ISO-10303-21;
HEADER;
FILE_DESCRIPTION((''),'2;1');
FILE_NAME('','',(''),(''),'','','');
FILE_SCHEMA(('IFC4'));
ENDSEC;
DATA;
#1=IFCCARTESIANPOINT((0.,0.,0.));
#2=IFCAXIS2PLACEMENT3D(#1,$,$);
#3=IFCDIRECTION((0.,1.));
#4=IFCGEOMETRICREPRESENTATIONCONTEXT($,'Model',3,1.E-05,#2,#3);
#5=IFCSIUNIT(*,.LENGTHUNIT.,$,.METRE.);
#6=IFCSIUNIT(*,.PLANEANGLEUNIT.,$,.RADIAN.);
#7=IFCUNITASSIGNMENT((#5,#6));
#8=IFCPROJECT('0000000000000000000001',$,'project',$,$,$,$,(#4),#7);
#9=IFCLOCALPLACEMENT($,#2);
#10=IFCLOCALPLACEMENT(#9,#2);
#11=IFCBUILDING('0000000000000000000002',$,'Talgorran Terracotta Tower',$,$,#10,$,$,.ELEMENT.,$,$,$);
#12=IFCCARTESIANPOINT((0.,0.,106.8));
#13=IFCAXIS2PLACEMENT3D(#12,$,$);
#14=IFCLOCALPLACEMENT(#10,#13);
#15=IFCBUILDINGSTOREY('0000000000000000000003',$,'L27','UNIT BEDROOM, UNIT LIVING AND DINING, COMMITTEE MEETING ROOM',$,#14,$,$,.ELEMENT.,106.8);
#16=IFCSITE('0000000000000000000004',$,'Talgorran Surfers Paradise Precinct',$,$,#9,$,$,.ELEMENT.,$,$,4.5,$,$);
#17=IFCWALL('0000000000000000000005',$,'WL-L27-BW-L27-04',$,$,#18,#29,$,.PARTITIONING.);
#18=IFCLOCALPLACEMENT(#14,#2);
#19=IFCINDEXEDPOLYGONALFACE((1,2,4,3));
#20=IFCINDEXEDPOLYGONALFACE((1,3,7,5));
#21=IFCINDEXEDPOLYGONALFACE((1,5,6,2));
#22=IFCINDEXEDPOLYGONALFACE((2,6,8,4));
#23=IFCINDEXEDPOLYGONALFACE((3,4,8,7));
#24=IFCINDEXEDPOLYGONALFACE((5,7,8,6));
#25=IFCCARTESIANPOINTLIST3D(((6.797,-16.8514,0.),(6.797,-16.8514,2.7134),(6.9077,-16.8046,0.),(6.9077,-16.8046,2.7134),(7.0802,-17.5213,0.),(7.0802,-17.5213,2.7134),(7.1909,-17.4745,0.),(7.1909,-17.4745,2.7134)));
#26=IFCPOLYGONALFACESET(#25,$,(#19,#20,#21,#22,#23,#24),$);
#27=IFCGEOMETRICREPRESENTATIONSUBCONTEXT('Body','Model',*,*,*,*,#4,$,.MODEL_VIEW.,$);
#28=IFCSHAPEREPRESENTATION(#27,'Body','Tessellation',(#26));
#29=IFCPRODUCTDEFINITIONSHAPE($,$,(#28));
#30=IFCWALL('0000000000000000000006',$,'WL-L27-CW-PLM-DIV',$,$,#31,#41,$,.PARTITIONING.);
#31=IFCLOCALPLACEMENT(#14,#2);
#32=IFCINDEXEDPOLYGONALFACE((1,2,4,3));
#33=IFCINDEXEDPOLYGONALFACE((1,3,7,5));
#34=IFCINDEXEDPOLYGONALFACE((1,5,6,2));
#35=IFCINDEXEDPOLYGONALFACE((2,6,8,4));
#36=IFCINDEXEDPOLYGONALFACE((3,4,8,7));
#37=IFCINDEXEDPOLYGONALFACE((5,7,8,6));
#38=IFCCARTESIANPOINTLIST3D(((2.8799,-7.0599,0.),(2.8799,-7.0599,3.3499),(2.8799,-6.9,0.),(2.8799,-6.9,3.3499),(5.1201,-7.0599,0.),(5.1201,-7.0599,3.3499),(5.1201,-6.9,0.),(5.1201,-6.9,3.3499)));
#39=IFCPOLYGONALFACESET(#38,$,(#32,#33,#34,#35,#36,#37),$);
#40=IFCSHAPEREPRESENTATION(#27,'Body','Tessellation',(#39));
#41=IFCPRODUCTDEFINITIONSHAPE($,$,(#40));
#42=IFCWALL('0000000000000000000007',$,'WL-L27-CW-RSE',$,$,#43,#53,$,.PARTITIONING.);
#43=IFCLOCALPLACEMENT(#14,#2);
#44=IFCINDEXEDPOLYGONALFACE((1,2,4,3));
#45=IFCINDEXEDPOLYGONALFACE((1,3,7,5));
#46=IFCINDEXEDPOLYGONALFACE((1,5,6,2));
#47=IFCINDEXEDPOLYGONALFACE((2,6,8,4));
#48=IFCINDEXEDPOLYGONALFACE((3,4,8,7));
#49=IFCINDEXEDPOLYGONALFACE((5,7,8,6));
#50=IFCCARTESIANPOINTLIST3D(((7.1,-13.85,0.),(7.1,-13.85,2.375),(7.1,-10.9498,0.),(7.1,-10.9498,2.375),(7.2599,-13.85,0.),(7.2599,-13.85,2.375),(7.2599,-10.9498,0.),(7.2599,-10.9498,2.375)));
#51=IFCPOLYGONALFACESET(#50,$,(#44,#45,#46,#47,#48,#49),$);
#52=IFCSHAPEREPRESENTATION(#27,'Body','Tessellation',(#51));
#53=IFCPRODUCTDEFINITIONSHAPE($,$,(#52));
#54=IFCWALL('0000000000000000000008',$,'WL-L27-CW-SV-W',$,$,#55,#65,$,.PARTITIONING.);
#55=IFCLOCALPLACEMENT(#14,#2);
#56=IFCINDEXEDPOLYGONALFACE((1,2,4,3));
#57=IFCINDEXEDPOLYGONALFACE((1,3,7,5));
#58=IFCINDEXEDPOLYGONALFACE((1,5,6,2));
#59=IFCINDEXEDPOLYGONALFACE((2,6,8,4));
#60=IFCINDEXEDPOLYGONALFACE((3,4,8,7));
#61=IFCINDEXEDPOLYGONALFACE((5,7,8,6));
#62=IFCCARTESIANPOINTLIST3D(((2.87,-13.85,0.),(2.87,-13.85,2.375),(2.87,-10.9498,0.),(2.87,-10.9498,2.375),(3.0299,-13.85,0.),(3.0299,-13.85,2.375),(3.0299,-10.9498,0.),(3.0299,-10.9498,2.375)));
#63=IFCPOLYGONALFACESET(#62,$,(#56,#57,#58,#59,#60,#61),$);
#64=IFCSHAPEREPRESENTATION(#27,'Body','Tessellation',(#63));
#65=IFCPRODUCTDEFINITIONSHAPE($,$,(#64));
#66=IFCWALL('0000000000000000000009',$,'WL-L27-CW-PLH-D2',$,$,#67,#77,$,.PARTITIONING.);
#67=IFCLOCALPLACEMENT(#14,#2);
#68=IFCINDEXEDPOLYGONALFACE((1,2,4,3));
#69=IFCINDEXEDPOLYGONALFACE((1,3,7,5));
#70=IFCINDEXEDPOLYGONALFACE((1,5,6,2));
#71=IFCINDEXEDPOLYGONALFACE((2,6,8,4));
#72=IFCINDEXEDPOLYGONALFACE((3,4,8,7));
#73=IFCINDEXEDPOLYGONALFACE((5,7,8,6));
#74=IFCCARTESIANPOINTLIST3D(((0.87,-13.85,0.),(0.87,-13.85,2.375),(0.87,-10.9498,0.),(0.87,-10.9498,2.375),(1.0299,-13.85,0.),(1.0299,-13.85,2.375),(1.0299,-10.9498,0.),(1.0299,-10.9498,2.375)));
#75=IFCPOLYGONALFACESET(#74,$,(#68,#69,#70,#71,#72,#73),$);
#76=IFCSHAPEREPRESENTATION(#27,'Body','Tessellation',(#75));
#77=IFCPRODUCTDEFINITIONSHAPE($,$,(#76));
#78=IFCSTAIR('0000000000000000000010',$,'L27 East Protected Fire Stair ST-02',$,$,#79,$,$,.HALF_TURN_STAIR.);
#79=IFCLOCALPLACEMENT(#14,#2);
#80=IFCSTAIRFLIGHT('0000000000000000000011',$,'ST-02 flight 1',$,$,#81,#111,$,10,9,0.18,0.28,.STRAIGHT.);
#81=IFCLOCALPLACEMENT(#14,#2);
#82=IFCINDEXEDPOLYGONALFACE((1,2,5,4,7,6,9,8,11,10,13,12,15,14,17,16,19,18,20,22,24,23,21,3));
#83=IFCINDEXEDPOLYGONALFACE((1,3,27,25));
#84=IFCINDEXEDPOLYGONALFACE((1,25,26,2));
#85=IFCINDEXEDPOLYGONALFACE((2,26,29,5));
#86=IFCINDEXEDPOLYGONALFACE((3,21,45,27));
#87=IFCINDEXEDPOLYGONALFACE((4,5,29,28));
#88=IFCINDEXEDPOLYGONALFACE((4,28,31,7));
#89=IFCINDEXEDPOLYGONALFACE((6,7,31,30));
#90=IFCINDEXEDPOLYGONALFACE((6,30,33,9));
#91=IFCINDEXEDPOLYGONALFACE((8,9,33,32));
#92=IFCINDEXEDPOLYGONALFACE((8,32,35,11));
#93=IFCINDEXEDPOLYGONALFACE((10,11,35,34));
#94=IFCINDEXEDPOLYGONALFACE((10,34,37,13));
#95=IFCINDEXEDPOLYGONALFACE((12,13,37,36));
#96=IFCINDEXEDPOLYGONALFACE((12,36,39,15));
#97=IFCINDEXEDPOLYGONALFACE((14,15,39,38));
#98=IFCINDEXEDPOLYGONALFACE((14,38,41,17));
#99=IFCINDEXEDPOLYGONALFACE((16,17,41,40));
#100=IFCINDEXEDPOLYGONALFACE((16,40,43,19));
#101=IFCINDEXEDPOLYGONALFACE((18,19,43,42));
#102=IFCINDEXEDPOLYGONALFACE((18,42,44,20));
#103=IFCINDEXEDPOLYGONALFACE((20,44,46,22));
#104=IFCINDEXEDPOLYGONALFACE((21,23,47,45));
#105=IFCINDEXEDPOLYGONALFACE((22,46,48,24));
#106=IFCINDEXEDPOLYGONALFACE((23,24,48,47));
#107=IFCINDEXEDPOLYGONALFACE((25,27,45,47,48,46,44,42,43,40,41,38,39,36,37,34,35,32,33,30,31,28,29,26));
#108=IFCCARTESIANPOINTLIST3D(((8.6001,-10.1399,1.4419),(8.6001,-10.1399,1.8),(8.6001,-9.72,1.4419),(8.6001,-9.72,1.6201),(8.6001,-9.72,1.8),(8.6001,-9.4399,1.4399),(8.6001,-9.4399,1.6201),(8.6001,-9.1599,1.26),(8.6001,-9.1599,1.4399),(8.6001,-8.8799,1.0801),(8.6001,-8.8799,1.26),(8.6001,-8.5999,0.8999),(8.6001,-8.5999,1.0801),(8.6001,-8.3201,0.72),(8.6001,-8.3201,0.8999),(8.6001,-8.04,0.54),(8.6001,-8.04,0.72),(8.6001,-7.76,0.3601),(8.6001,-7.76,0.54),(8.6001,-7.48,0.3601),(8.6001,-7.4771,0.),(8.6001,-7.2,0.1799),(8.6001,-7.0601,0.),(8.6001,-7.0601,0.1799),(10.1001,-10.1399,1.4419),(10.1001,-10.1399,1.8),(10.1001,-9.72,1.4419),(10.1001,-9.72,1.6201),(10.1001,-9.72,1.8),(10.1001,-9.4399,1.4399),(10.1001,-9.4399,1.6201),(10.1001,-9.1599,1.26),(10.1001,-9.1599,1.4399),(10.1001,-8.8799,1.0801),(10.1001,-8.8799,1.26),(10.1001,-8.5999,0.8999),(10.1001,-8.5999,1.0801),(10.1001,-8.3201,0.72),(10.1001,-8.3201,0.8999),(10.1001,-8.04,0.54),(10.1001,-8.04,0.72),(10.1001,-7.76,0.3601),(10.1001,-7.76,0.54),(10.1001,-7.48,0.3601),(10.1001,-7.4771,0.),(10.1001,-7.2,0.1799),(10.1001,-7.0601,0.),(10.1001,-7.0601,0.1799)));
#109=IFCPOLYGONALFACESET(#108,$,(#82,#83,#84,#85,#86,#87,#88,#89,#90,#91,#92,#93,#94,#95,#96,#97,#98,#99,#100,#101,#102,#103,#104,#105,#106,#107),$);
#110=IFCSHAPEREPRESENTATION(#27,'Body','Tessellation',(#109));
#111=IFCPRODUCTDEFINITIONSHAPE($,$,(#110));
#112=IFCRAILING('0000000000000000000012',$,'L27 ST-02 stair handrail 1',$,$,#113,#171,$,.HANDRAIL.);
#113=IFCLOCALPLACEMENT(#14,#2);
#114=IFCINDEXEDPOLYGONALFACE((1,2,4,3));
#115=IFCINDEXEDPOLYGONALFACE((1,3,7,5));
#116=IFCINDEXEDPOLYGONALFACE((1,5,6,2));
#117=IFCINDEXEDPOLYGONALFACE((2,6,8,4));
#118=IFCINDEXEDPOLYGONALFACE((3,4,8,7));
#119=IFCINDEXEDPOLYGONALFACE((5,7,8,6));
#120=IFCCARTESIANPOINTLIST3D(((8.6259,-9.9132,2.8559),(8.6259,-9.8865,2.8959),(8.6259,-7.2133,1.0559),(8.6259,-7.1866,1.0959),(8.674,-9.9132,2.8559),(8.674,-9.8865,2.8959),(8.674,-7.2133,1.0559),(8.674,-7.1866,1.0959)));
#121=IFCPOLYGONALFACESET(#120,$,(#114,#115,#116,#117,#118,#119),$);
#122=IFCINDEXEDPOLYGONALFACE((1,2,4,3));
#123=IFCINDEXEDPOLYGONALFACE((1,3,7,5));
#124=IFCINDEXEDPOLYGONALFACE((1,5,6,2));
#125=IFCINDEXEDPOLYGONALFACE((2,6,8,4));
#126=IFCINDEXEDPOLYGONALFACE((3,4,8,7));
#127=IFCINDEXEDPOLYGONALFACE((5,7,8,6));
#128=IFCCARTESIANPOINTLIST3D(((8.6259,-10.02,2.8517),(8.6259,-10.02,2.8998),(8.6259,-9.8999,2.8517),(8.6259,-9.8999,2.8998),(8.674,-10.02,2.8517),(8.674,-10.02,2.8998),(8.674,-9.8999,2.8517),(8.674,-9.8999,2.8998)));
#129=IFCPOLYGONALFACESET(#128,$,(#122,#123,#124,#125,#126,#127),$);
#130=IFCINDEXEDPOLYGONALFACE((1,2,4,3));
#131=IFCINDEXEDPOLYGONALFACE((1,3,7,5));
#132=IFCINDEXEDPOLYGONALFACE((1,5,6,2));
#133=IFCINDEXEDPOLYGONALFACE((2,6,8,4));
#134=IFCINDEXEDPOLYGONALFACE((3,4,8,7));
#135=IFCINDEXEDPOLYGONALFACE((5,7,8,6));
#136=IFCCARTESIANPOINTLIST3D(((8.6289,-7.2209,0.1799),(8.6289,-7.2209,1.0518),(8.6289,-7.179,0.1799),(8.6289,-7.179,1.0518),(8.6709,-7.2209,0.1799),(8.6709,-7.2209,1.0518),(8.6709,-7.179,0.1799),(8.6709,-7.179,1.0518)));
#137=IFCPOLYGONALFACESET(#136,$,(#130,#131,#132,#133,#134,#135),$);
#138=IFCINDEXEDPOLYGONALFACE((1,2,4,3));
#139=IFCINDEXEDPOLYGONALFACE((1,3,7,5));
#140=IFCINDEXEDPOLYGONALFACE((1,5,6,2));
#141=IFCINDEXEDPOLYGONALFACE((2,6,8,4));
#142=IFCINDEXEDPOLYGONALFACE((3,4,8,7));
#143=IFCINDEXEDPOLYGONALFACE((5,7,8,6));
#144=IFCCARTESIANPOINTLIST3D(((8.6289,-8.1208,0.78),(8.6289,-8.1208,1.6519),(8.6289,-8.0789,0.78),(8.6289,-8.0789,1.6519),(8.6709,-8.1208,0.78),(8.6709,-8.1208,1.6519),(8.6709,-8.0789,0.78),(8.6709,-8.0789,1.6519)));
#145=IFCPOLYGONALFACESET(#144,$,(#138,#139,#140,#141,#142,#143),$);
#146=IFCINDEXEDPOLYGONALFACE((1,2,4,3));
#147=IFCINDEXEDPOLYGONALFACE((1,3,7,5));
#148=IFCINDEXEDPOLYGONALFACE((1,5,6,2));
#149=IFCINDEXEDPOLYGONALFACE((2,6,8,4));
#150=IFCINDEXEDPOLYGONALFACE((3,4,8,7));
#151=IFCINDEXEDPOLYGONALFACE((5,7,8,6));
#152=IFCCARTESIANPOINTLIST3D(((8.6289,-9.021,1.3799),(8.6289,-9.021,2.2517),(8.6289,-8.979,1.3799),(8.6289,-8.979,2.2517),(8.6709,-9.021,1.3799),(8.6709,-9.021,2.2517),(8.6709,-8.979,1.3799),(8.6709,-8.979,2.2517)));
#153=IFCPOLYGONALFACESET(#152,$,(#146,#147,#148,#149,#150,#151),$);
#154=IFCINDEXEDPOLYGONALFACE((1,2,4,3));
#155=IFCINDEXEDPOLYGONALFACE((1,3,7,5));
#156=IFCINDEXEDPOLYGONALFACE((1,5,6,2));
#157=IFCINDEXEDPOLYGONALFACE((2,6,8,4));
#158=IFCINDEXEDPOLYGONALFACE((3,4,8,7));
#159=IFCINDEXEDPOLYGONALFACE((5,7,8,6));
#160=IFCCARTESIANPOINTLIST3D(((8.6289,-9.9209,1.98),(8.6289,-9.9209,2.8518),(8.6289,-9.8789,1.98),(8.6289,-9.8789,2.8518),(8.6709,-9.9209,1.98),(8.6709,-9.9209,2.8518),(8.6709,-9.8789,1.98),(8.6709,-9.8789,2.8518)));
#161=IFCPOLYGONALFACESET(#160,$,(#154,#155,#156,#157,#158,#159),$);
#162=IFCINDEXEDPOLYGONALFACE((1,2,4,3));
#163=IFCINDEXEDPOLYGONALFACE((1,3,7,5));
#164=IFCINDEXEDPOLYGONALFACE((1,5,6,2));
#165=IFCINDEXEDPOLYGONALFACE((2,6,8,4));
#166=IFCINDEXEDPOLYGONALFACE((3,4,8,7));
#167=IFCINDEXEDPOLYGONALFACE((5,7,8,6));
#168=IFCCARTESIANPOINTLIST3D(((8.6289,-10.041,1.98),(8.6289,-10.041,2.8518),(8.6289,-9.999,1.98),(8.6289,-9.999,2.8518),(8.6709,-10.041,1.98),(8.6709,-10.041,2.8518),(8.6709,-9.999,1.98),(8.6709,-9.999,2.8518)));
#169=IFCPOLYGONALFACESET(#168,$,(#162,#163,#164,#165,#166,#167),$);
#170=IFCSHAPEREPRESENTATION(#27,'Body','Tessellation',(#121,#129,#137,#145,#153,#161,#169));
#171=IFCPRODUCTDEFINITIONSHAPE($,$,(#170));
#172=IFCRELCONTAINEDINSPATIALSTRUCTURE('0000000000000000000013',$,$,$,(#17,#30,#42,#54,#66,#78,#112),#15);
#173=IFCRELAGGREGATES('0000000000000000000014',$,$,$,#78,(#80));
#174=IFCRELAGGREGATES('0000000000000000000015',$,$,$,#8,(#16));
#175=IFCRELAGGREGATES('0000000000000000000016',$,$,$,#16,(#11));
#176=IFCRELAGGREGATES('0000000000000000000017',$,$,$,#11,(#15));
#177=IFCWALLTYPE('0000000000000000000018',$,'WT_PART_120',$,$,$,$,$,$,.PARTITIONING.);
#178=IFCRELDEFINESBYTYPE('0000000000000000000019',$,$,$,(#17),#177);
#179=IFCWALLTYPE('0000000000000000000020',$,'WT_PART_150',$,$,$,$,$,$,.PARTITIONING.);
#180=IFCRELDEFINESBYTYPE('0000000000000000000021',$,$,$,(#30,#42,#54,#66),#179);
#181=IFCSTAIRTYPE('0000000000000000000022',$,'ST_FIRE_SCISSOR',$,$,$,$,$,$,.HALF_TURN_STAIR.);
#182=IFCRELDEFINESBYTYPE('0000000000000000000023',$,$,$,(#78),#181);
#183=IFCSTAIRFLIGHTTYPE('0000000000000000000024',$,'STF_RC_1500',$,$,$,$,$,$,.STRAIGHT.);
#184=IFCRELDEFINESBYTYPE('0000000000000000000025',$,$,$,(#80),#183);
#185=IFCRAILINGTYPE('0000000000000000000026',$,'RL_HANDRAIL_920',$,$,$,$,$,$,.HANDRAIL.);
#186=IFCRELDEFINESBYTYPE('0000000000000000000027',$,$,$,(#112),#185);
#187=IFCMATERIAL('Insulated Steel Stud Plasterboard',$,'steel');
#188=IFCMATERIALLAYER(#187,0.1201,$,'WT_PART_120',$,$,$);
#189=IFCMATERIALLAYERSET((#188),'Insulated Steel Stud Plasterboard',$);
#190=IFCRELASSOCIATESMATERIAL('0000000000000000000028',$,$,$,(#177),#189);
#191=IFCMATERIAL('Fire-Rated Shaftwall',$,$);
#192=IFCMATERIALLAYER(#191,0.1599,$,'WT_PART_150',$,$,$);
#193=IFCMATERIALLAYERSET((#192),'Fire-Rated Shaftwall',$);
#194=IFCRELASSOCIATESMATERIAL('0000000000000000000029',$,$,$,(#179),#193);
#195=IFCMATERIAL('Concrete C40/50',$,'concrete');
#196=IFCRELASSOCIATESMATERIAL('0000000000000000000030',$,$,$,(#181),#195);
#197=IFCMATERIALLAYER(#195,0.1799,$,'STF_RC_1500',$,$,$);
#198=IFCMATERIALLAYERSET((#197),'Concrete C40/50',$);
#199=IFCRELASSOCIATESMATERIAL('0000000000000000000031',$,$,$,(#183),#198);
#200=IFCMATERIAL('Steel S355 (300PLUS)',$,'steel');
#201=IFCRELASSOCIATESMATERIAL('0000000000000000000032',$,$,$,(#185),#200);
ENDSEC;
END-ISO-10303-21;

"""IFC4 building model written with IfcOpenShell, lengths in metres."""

from ifc_helpers import new_model, si_unit, direction, frame, frame_2d, origin, origin_2d, place, context, subcontext, project, spatial, polyline, rectangle, outline, extrude, material, layer, layer_set, type_object, element, aggregate, save


model = new_model("IFC4")

# Units and contexts
model_context = context("Model", 3, precision=1e-05, world=origin(), true_north=direction((0.0, 1.0)))
body_context = subcontext(model_context, "Body", "Model", "MODEL_VIEW")
ifc_project = project(units=[si_unit("LENGTHUNIT", "METRE"), si_unit("PLANEANGLEUNIT", "RADIAN")], contexts=[model_context])

# Site, building, storey
site_placement = place(None, origin())
site = spatial("IfcSite", under=ifc_project, at=site_placement, Name="Talgorran Surfers Paradise Precinct", CompositionType="ELEMENT", RefElevation=4.5)
building_placement = place(site_placement, origin())
building = spatial("IfcBuilding", under=site, at=building_placement, Name="Talgorran Terracotta Tower", CompositionType="ELEMENT")
storey_placement = place(building_placement, frame((0.0, 0.0, 106.8)))
storey = spatial("IfcBuildingStorey", under=building, at=storey_placement, Name="L27", Description="UNIT BEDROOM, UNIT LIVING AND DINING, COMMITTEE MEETING ROOM", CompositionType="ELEMENT", Elevation=106.8)

# Shared definitions
ifc_material_1 = material(Name="Steel S355 (300PLUS)", Category="steel")

# Walls
ifc_material_2 = material(Name="Insulated Steel Stud Plasterboard", Category="steel")
ifc_layer_1 = layer(ifc_material_2, 0.1201, Name="WT_PART_120")
ifc_layer_set_1 = layer_set([ifc_layer_1], Name="Insulated Steel Stud Plasterboard")
wall_type_1 = type_object("IfcWallType", Name="WT_PART_120", PredefinedType="PARTITIONING", material=ifc_layer_set_1)
wall_1_placement = place(storey_placement, frame((6.8523, -16.8279, 0.0), z_axis=(0.0, 0.0, 1.0), x_axis=(0.389377, -0.921078, 0.0)))
element("IfcWall", 1, at=wall_1_placement, inside=storey, type_object=wall_type_1, Name="WL-L27-BW-L27-04", PredefinedType="PARTITIONING", context=body_context, shape_type="SweptSolid", body=[
    extrude(rectangle(XDim=0.7273, YDim=0.1201, at=frame_2d((0.3638, 0.0))), origin(), (0.0, 0.0, 1.0), 2.7134),
])
ifc_material_3 = material(Name="Fire-Rated Shaftwall")
ifc_layer_2 = layer(ifc_material_3, 0.1599, Name="WT_PART_150")
ifc_layer_set_2 = layer_set([ifc_layer_2], Name="Fire-Rated Shaftwall")
wall_type_2 = type_object("IfcWallType", Name="WT_PART_150", PredefinedType="PARTITIONING", material=ifc_layer_set_2)
wall_2_placement = place(storey_placement, frame((2.8799, -6.98, 0.0), z_axis=(0.0, 0.0, 1.0), x_axis=(1.0, 0.0, 0.0)))
element("IfcWall", 2, at=wall_2_placement, inside=storey, type_object=wall_type_2, Name="WL-L27-CW-PLM-DIV", PredefinedType="PARTITIONING", context=body_context, shape_type="SweptSolid", body=[
    extrude(rectangle(XDim=2.2402, YDim=0.1599, at=frame_2d((1.1201, 0.0))), origin(), (0.0, 0.0, 1.0), 3.3499),
])
for number, where, z_axis, x_axis, name in (
    (3, (7.1799, -13.8501, 0.0), (0.0, 0.0, 1.0), (0.0, 1.0, 0.0), "WL-L27-CW-RSE"),
    (4, (2.95, -13.8501, 0.0), (0.0, 0.0, 1.0), (0.0, 1.0, 0.0), "WL-L27-CW-SV-W"),
    (5, (0.95, -13.8501, 0.0), (0.0, 0.0, 1.0), (0.0, 1.0, 0.0), "WL-L27-CW-PLH-D2"),
):
    element("IfcWall", number, at=place(storey_placement, frame(where, z_axis=z_axis, x_axis=x_axis)), inside=storey, type_object=wall_type_2, Name=name, PredefinedType="PARTITIONING", context=body_context, shape_type="SweptSolid", body=[
        extrude(rectangle(XDim=2.9001, YDim=0.1599, at=frame_2d((1.4502, 0.0))), origin(), (0.0, 0.0, 1.0), 2.375),
    ])

# Stair, stair flight
ifc_material_4 = material(Name="Concrete C40/50", Category="concrete")
stair_type = type_object("IfcStairType", Name="ST_FIRE_SCISSOR", PredefinedType="HALF_TURN_STAIR", material=ifc_material_4)
stair_placement = place(storey_placement, origin())
stair = element("IfcStair", 6, at=stair_placement, inside=storey, type_object=stair_type, Name="L27 East Protected Fire Stair ST-02", PredefinedType="HALF_TURN_STAIR")
ifc_layer_3 = layer(ifc_material_4, 0.1799, Name="STF_RC_1500")
ifc_layer_set_3 = layer_set([ifc_layer_3], Name="Concrete C40/50")
stair_flight_type = type_object("IfcStairFlightType", Name="STF_RC_1500", PredefinedType="STRAIGHT", material=ifc_layer_set_3)
stair_flight_placement = place(storey_placement, frame((9.3501, -7.2, 0.0), z_axis=(0.0, 0.0, 1.0), x_axis=(0.0, -1.0, 0.0)))
stair_flight = element("IfcStairFlight", 7, at=stair_flight_placement, type_object=stair_flight_type, Name="ST-02 flight 1", NumberOfRisers=10, NumberOfTreads=9, PredefinedType="STRAIGHT", RiserHeight=0.18, TreadLength=0.28, context=body_context, shape_type="SweptSolid", body=[
    extrude(outline(polyline([(-0.1399, 0.0), (-0.1399, 0.1799), (0.0, 0.1799), (0.28, 0.3601), (0.5601, 0.3601), (0.5601, 0.54), (0.8401, 0.54), (0.8401, 0.72), (1.1201, 0.72), (1.1201, 0.8999), (1.3999, 0.8999), (1.3999, 1.0801), (1.6799, 1.0801), (1.6799, 1.26), (1.96, 1.26), (1.96, 1.4399), (2.24, 1.4399), (2.24, 1.6201), (2.52, 1.6201), (2.52, 1.8), (2.9399, 1.8), (2.9399, 1.4419), (2.52, 1.4419), (0.2771, 0.0), (-0.1399, 0.0)])), frame((0.0, 0.75, 0.0), z_axis=(0.0, -1.0, 0.0), x_axis=(1.0, 0.0, 0.0)), (0.0, 0.0, 1.0), 1.5),
])
aggregate(stair, [stair_flight])

# Railing
railing_type_1 = type_object("IfcRailingType", Name="RL_HANDRAIL_920", PredefinedType="HANDRAIL", material=ifc_material_1)
railing_1_placement = place(storey_placement, frame((8.6499, -7.2, 0.1799)))
element("IfcRailing", 8, at=railing_1_placement, inside=storey, type_object=railing_type_1, Name="L27 ST-02 stair handrail 1", PredefinedType="HANDRAIL", context=body_context, shape_type="SweptSolid", body=[
    extrude(rectangle(XDim=0.0481, YDim=0.0481, at=origin_2d()), frame((0.0, 0.0, 0.896), z_axis=(0.0, -0.832039, 0.554718), x_axis=(1.0, 0.0, 0.0)), (0.0, 0.0, 1.0), 3.2449),
    extrude(rectangle(XDim=0.0481, YDim=0.0481, at=origin_2d()), frame((0.0, -2.7, 2.6958), z_axis=(0.0, -1.0, 0.0), x_axis=(1.0, 0.0, 0.0)), (0.0, 0.0, 1.0), 0.1201),
    extrude(rectangle(XDim=0.042, YDim=0.042, at=origin_2d()), origin(), (0.0, 0.0, 1.0), 0.8718),
    extrude(rectangle(XDim=0.042, YDim=0.042, at=origin_2d()), frame((0.0, -0.8999, 0.6001)), (0.0, 0.0, 1.0), 0.8718),
    extrude(rectangle(XDim=0.042, YDim=0.042, at=origin_2d()), frame((0.0, -1.8, 1.2)), (0.0, 0.0, 1.0), 0.8718),
    extrude(rectangle(XDim=0.042, YDim=0.042, at=origin_2d()), frame((0.0, -2.7, 1.8)), (0.0, 0.0, 1.0), 0.8718),
    extrude(rectangle(XDim=0.042, YDim=0.042, at=origin_2d()), frame((0.0, -2.8201, 1.8)), (0.0, 0.0, 1.0), 0.8718),
])

save(model, "model.ifc")
